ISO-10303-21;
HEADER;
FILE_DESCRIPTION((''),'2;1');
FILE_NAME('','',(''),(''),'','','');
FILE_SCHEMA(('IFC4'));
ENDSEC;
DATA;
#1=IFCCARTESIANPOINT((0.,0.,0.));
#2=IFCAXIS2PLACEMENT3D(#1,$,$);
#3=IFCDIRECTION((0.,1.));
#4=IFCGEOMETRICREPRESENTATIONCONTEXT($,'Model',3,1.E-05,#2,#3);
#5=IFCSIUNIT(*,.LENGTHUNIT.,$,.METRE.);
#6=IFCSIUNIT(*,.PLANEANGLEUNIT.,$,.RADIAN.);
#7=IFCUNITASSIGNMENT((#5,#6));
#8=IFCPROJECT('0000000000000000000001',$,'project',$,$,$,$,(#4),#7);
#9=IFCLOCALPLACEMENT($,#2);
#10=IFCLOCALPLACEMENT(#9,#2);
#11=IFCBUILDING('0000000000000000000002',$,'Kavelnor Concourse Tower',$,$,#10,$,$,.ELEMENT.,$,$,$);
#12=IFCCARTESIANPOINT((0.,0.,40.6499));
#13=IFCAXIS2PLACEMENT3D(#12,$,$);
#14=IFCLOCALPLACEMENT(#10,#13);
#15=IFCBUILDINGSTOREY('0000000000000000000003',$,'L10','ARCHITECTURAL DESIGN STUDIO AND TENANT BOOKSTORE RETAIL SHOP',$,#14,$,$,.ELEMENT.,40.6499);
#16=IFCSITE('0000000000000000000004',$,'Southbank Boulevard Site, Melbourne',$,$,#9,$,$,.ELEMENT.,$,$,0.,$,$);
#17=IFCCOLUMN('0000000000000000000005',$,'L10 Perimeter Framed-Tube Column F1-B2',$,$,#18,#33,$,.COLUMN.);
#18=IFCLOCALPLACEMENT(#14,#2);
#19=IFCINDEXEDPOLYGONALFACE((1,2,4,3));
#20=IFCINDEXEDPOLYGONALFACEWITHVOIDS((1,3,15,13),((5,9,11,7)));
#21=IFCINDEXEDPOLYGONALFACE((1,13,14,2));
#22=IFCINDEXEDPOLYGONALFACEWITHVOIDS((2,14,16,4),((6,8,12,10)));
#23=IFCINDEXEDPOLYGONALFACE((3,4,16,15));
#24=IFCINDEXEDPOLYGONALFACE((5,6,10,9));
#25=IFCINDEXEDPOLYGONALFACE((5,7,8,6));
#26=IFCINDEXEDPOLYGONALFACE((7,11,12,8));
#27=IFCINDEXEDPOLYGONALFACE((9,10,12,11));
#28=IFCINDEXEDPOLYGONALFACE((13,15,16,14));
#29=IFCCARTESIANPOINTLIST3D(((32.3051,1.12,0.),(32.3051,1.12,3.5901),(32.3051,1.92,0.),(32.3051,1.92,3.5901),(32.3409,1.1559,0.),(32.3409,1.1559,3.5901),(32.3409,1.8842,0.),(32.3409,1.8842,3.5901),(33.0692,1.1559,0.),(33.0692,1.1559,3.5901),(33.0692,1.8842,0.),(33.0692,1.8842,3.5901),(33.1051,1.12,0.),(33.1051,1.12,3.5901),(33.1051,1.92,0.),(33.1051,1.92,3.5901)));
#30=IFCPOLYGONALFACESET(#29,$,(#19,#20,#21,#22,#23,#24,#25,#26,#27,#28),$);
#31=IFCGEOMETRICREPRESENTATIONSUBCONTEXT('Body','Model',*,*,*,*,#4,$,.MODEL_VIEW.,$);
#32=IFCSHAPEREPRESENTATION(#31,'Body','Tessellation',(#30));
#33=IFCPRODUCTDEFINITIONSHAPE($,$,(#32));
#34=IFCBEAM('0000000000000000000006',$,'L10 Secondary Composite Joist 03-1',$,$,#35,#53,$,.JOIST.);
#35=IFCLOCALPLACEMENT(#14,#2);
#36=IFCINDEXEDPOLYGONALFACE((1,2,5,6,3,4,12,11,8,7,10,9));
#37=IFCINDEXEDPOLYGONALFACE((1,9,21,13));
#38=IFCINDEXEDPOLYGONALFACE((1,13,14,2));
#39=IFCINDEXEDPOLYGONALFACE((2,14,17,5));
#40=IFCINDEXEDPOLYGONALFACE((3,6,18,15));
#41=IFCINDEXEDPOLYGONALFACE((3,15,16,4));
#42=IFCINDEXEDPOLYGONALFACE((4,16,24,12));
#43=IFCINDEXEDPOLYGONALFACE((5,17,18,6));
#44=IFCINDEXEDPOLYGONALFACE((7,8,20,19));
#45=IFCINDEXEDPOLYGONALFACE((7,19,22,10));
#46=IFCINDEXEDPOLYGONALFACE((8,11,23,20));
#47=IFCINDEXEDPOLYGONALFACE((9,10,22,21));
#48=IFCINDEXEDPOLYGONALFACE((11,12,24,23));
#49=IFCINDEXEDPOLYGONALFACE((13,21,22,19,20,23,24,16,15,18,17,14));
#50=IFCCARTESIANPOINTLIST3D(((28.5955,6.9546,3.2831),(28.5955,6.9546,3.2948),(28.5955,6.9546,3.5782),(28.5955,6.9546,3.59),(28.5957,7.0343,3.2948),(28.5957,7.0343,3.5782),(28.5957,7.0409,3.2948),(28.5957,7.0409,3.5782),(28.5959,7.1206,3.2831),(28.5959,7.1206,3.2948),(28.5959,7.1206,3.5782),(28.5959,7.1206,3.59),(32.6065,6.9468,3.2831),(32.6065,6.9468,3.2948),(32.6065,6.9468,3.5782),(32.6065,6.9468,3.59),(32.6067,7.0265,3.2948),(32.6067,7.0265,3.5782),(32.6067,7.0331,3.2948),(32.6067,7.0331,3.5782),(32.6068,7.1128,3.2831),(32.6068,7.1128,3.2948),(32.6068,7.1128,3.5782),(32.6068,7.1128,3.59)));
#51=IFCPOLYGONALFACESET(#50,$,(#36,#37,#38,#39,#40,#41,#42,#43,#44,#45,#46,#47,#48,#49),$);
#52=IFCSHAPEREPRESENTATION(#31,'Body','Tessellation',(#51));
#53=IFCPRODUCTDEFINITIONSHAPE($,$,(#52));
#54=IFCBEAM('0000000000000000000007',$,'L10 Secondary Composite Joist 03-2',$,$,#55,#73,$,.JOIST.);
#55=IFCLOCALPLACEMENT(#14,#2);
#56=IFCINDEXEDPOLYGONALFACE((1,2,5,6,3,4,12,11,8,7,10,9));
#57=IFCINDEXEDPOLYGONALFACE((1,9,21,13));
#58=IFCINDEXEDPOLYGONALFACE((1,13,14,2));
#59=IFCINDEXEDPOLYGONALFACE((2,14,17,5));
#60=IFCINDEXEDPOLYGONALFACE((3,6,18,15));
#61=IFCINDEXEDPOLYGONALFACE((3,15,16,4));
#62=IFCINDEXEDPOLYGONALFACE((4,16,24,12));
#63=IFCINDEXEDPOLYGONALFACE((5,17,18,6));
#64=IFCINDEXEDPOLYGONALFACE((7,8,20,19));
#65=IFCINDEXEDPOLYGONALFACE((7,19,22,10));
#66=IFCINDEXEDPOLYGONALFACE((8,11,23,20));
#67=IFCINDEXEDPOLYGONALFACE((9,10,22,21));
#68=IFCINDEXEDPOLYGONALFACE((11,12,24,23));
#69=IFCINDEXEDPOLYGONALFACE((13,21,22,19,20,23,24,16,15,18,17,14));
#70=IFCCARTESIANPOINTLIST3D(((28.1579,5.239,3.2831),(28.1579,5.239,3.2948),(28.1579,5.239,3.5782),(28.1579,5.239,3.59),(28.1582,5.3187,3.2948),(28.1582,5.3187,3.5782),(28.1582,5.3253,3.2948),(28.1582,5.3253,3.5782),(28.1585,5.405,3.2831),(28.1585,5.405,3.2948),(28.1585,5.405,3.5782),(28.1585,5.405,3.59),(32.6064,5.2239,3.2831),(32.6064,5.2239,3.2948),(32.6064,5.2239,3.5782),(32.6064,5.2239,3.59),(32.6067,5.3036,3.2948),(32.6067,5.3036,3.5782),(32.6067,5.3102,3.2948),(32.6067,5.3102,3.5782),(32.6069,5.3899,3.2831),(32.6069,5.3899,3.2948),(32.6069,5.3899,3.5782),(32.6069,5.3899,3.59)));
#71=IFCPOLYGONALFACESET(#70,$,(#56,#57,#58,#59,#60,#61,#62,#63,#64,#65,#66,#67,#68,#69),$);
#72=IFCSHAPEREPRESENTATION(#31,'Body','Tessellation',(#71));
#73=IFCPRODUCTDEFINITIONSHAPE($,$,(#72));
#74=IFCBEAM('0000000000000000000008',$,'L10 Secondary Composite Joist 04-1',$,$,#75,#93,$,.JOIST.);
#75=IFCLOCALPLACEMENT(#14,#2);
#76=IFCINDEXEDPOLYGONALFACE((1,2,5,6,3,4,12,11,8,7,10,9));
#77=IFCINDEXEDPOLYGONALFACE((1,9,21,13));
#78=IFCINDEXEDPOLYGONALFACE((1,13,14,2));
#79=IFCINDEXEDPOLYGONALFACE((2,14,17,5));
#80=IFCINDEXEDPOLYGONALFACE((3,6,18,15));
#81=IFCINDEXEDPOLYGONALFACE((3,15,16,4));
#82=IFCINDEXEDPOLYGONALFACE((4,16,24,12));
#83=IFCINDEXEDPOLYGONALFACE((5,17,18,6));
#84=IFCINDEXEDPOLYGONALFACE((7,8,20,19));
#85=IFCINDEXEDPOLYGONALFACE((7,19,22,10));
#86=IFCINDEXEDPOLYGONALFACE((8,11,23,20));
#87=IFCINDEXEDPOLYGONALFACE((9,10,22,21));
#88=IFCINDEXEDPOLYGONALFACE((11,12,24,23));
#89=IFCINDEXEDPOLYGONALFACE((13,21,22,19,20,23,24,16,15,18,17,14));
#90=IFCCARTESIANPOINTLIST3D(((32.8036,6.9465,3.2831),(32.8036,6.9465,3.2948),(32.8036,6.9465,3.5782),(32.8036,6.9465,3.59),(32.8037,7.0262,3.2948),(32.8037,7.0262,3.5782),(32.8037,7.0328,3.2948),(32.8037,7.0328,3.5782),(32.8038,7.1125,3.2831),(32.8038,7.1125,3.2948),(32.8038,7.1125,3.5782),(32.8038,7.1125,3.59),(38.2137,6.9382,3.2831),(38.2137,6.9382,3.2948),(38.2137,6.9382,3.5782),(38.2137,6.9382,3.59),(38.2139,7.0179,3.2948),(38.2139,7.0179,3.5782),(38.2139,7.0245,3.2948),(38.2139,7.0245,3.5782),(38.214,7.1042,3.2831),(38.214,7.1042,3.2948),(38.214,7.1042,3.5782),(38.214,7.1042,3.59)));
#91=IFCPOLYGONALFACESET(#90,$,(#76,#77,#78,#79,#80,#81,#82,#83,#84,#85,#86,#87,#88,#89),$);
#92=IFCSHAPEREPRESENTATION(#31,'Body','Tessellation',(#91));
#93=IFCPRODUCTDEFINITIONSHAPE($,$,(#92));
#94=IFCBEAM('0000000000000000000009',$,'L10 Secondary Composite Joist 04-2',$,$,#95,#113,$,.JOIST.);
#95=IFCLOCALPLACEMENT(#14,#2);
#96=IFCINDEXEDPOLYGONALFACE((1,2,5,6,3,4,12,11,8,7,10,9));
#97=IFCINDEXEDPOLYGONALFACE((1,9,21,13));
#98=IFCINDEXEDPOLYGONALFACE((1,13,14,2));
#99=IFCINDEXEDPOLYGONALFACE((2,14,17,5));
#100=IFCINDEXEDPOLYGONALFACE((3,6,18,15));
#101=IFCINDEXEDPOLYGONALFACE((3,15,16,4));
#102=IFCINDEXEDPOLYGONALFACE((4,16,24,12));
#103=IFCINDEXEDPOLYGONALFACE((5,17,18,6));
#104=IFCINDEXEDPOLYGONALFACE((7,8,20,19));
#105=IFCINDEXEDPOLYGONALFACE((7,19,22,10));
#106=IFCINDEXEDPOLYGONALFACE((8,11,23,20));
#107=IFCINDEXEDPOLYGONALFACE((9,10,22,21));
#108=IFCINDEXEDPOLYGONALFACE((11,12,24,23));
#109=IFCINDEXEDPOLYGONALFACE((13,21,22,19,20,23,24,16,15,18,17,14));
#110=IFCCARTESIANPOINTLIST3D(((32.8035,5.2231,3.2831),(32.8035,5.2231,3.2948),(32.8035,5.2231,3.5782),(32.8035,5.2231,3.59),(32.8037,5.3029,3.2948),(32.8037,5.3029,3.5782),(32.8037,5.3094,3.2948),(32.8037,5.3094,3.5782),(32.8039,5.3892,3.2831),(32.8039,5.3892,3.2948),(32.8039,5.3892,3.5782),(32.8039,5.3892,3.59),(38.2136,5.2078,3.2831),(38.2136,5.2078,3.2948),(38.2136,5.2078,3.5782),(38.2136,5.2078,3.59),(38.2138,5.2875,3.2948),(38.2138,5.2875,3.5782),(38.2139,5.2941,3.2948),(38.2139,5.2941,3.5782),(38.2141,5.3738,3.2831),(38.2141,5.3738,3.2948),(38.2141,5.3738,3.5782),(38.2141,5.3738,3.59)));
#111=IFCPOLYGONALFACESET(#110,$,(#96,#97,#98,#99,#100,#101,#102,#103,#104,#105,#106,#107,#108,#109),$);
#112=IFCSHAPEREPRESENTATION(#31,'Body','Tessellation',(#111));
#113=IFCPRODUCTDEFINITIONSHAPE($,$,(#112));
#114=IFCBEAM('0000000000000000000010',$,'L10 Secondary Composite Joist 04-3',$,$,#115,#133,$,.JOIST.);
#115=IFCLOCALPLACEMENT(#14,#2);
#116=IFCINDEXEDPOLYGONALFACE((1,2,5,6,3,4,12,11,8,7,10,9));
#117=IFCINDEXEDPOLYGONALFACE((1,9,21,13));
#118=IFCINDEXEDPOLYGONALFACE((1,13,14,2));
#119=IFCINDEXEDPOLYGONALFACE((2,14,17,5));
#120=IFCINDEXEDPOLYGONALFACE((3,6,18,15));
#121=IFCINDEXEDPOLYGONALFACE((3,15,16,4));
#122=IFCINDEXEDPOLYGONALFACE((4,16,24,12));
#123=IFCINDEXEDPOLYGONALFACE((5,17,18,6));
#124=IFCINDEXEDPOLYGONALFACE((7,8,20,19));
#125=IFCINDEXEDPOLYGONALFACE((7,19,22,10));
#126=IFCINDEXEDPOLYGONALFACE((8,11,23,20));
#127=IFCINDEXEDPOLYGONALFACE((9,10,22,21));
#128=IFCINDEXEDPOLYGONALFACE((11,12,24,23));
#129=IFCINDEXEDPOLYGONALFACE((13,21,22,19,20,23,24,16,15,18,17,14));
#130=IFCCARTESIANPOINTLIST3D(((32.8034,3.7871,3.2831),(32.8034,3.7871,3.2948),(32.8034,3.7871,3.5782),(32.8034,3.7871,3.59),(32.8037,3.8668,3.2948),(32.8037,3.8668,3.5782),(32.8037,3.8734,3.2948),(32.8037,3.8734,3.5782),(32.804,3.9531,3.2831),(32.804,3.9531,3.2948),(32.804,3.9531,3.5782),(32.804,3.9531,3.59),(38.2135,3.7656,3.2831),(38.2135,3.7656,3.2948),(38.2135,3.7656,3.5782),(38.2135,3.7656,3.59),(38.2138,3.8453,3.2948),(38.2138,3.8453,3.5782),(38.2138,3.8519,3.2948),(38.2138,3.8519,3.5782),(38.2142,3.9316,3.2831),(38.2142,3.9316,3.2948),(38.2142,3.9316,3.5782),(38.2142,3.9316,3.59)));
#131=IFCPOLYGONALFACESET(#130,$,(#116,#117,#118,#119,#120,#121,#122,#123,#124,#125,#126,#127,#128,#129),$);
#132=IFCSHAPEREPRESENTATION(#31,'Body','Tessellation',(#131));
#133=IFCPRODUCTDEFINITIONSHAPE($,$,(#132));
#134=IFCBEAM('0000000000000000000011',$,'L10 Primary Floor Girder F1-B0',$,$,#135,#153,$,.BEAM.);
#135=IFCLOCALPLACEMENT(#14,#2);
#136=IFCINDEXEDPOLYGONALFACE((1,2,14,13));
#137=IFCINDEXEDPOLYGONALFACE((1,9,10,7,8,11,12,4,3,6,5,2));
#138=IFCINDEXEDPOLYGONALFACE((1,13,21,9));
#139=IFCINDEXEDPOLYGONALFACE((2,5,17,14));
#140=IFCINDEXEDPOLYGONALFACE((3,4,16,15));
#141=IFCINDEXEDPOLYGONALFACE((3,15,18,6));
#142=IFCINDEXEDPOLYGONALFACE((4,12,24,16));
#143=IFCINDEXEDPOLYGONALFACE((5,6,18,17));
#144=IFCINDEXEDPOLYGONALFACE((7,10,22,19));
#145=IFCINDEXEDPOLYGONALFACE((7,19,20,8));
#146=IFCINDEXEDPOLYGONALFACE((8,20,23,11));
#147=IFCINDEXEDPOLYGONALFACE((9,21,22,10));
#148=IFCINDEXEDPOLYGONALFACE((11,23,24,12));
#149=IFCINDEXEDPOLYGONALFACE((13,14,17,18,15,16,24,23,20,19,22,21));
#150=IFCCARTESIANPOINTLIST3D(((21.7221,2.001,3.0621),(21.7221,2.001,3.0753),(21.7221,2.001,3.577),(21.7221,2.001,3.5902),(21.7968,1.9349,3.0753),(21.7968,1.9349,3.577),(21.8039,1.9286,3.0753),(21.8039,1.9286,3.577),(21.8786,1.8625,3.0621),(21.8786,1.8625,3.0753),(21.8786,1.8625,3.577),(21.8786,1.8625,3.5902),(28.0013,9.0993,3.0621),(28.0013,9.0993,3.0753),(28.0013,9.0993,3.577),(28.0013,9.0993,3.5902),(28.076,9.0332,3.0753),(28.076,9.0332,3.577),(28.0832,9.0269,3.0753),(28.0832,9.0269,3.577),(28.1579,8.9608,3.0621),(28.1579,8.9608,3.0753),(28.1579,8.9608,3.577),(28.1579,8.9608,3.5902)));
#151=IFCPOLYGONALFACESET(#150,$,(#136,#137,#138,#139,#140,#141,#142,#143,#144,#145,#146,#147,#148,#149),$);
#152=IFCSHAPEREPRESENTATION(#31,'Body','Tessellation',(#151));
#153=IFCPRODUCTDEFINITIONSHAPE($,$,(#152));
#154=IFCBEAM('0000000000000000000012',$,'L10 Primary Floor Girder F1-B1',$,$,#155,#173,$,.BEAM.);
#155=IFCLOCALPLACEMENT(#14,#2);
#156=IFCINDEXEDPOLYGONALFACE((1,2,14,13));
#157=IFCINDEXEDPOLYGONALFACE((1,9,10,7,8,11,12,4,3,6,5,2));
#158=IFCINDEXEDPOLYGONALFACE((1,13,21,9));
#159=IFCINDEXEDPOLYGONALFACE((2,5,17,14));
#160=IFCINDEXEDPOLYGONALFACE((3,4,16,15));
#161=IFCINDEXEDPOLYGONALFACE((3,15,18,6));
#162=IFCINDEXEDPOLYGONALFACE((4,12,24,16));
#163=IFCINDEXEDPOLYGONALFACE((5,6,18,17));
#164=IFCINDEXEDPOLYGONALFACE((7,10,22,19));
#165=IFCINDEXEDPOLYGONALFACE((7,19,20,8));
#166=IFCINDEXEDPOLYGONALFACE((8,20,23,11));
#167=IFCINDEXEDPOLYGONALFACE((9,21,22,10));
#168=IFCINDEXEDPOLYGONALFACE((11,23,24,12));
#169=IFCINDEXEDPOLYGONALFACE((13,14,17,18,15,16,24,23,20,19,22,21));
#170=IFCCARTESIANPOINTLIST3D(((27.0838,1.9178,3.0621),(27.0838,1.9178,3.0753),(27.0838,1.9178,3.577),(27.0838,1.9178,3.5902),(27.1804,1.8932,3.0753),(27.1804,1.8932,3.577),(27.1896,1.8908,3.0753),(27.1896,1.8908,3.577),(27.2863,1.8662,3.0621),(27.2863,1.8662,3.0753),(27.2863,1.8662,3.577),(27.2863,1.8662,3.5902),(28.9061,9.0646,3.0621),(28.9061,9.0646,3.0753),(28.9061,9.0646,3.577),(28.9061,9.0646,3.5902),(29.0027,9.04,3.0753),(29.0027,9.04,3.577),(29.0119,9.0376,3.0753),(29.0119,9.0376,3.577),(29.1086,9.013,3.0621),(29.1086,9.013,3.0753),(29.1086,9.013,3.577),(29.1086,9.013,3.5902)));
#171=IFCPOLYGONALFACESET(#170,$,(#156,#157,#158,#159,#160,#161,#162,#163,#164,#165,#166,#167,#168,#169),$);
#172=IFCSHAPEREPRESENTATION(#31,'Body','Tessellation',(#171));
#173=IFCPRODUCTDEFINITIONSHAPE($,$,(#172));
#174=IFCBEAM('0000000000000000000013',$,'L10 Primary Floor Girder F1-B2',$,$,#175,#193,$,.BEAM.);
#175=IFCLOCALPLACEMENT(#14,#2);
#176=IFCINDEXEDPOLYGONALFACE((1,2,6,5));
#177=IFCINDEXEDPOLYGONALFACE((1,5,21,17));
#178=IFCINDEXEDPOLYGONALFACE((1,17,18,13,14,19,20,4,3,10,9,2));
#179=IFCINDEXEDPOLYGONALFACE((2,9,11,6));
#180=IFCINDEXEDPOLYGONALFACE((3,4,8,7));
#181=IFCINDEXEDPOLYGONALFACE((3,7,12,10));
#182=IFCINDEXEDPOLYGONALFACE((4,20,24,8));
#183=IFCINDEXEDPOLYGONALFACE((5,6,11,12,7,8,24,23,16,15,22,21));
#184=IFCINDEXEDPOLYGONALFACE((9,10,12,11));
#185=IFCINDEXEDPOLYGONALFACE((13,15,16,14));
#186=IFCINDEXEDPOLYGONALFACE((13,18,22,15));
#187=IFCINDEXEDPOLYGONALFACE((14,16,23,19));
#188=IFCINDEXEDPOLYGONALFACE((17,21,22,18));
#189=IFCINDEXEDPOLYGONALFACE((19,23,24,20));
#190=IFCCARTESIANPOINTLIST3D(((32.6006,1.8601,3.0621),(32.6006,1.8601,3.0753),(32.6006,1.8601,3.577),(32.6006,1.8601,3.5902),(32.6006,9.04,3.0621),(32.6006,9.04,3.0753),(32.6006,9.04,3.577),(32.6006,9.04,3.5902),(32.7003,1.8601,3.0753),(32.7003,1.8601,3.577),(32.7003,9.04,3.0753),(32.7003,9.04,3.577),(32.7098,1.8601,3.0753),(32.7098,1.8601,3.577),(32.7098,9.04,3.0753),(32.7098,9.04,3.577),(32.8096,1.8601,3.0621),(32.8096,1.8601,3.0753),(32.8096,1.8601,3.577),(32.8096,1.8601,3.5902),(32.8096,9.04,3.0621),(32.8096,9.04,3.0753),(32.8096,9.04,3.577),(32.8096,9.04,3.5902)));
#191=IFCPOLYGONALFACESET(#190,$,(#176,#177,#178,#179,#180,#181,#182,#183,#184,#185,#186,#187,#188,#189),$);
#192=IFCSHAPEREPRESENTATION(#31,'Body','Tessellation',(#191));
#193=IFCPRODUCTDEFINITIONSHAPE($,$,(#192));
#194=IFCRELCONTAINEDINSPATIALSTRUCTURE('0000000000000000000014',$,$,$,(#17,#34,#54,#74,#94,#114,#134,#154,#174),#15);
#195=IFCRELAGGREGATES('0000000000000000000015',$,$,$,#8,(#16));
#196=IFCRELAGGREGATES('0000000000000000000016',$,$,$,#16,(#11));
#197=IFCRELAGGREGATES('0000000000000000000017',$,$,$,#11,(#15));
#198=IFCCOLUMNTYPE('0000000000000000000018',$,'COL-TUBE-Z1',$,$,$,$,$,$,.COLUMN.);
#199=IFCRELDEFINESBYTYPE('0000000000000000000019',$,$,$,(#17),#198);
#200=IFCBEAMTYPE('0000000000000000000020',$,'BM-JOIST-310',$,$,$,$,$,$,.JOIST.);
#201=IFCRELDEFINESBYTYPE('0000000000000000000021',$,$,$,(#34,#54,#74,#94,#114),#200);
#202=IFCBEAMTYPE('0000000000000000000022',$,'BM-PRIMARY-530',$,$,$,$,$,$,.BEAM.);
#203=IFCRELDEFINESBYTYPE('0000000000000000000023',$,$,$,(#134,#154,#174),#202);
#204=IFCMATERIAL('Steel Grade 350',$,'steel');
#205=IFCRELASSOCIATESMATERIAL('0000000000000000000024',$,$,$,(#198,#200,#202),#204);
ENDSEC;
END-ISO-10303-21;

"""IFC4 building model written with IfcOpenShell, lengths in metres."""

from ifc_helpers import new_model, si_unit, direction, frame, origin, origin_2d, place, context, subcontext, project, spatial, hollow_rectangle, i_section, extrude, material, material_profile, profile_set, type_object, element, save


model = new_model("IFC4")

# Units and contexts
model_context = context("Model", 3, precision=1e-05, world=origin(), true_north=direction((0.0, 1.0)))
body_context = subcontext(model_context, "Body", "Model", "MODEL_VIEW")
ifc_project = project(units=[si_unit("LENGTHUNIT", "METRE"), si_unit("PLANEANGLEUNIT", "RADIAN")], contexts=[model_context])

# Site, building, storey
site_placement = place(None, origin())
site = spatial("IfcSite", under=ifc_project, at=site_placement, Name="Southbank Boulevard Site, Melbourne", CompositionType="ELEMENT", RefElevation=0.0)
building_placement = place(site_placement, origin())
building = spatial("IfcBuilding", under=site, at=building_placement, Name="Kavelnor Concourse Tower", CompositionType="ELEMENT")
storey_placement = place(building_placement, frame((0.0, 0.0, 40.6499)))
storey = spatial("IfcBuildingStorey", under=building, at=storey_placement, Name="L10", Description="ARCHITECTURAL DESIGN STUDIO AND TENANT BOOKSTORE RETAIL SHOP", CompositionType="ELEMENT", Elevation=40.6499)

# Column
ifc_material_1 = material(Name="Steel Grade 350", Category="steel")
ifc_material_profile_1 = material_profile(ifc_material_1, hollow_rectangle(XDim=0.8, YDim=0.8, WallThickness=0.0359, at=origin_2d()), Name="SHS 800x800x36")
ifc_profile_set_1 = profile_set([ifc_material_profile_1], Name="Steel Grade 350")
column_type = type_object("IfcColumnType", Name="COL-TUBE-Z1", PredefinedType="COLUMN", material=ifc_profile_set_1)
column_placement = place(storey_placement, frame((32.7051, 1.52, 0.0), z_axis=(0.0, 0.0, 1.0), x_axis=(1.0, 0.0, 0.0)))
element("IfcColumn", 1, at=column_placement, inside=storey, type_object=column_type, Name="L10 Perimeter Framed-Tube Column F1-B2", PredefinedType="COLUMN", context=body_context, shape_type="SweptSolid", body=[
    extrude(hollow_rectangle(XDim=0.8, YDim=0.8, WallThickness=0.0359, at=origin_2d()), origin(), (0.0, 0.0, 1.0), 3.5901),
])

# Beams
ifc_material_profile_2 = material_profile(ifc_material_1, i_section(OverallWidth=0.166, OverallDepth=0.3069, WebThickness=0.0066, FlangeThickness=0.0117, at=origin_2d()), Name="310UB46")
ifc_profile_set_2 = profile_set([ifc_material_profile_2], Name="Steel Grade 350")
beam_type_1 = type_object("IfcBeamType", Name="BM-JOIST-310", PredefinedType="JOIST", material=ifc_profile_set_2)
beam_1_placement = place(storey_placement, frame((28.5957, 7.0376, 3.4365), z_axis=(0.999998, -0.001948, 0.0), x_axis=(0.001948, 0.999998, 0.0)))
element("IfcBeam", 2, at=beam_1_placement, inside=storey, type_object=beam_type_1, Name="L10 Secondary Composite Joist 03-1", PredefinedType="JOIST", context=body_context, shape_type="SweptSolid", body=[
    extrude(i_section(OverallWidth=0.166, OverallDepth=0.3069, WebThickness=0.0066, FlangeThickness=0.0117, at=origin_2d()), origin(), (0.0, 0.0, 1.0), 4.011),
])
beam_2_placement = place(storey_placement, frame((28.1582, 5.322, 3.4365), z_axis=(0.999994, -0.003403, 0.0), x_axis=(0.003403, 0.999994, 0.0)))
element("IfcBeam", 3, at=beam_2_placement, inside=storey, type_object=beam_type_1, Name="L10 Secondary Composite Joist 03-2", PredefinedType="JOIST", context=body_context, shape_type="SweptSolid", body=[
    extrude(i_section(OverallWidth=0.166, OverallDepth=0.3069, WebThickness=0.0066, FlangeThickness=0.0117, at=origin_2d()), origin(), (0.0, 0.0, 1.0), 4.4485),
])
for number, where, z_axis, x_axis, name in (
    (4, (32.8037, 7.0295, 3.4365), (0.999999, -0.001534, 0.0), (0.001534, 0.999999, 0.0), "L10 Secondary Composite Joist 04-1"),
    (5, (32.8037, 5.3062, 3.4365), (0.999996, -0.002843, 0.0), (0.002843, 0.999996, 0.0), "L10 Secondary Composite Joist 04-2"),
    (6, (32.8037, 3.8701, 3.4365), (0.999992, -0.003971, 0.0), (0.003971, 0.999992, 0.0), "L10 Secondary Composite Joist 04-3"),
):
    element("IfcBeam", number, at=place(storey_placement, frame(where, z_axis=z_axis, x_axis=x_axis)), inside=storey, type_object=beam_type_1, Name=name, PredefinedType="JOIST", context=body_context, shape_type="SweptSolid", body=[
        extrude(i_section(OverallWidth=0.166, OverallDepth=0.3069, WebThickness=0.0066, FlangeThickness=0.0117, at=origin_2d()), origin(), (0.0, 0.0, 1.0), 5.4102),
    ])
ifc_material_profile_3 = material_profile(ifc_material_1, i_section(OverallWidth=0.209, OverallDepth=0.5281, WebThickness=0.0095, FlangeThickness=0.0132, at=origin_2d()), Name="530UB82")
ifc_profile_set_3 = profile_set([ifc_material_profile_3], Name="Steel Grade 350")
beam_type_2 = type_object("IfcBeamType", Name="BM-PRIMARY-530", PredefinedType="BEAM", material=ifc_profile_set_3)
beam_3_placement = place(storey_placement, frame((28.0796, 9.03, 3.3262), z_axis=(-0.662571, -0.748999, 0.0), x_axis=(0.748999, -0.662571, 0.0)))
element("IfcBeam", 7, at=beam_3_placement, inside=storey, type_object=beam_type_2, Name="L10 Primary Floor Girder F1-B0", PredefinedType="BEAM", context=body_context, shape_type="SweptSolid", body=[
    extrude(i_section(OverallWidth=0.209, OverallDepth=0.5281, WebThickness=0.0095, FlangeThickness=0.0132, at=origin_2d()), origin(), (0.0, 0.0, 1.0), 9.4771),
])
beam_4_placement = place(storey_placement, frame((29.0073, 9.0388, 3.3262), z_axis=(-0.247074, -0.968997, 0.0), x_axis=(0.968997, -0.247074, 0.0)))
element("IfcBeam", 8, at=beam_4_placement, inside=storey, type_object=beam_type_2, Name="L10 Primary Floor Girder F1-B1", PredefinedType="BEAM", context=body_context, shape_type="SweptSolid", body=[
    extrude(i_section(OverallWidth=0.209, OverallDepth=0.5281, WebThickness=0.0095, FlangeThickness=0.0132, at=origin_2d()), origin(), (0.0, 0.0, 1.0), 7.3755),
])
beam_5_placement = place(storey_placement, frame((32.7051, 9.04, 3.3262), z_axis=(0.0, -1.0, 0.0), x_axis=(1.0, 0.0, 0.0)))
element("IfcBeam", 9, at=beam_5_placement, inside=storey, type_object=beam_type_2, Name="L10 Primary Floor Girder F1-B2", PredefinedType="BEAM", context=body_context, shape_type="SweptSolid", body=[
    extrude(i_section(OverallWidth=0.209, OverallDepth=0.5281, WebThickness=0.0095, FlangeThickness=0.0132, at=origin_2d()), origin(), (0.0, 0.0, 1.0), 7.1799),
])

save(model, "model.ifc")
